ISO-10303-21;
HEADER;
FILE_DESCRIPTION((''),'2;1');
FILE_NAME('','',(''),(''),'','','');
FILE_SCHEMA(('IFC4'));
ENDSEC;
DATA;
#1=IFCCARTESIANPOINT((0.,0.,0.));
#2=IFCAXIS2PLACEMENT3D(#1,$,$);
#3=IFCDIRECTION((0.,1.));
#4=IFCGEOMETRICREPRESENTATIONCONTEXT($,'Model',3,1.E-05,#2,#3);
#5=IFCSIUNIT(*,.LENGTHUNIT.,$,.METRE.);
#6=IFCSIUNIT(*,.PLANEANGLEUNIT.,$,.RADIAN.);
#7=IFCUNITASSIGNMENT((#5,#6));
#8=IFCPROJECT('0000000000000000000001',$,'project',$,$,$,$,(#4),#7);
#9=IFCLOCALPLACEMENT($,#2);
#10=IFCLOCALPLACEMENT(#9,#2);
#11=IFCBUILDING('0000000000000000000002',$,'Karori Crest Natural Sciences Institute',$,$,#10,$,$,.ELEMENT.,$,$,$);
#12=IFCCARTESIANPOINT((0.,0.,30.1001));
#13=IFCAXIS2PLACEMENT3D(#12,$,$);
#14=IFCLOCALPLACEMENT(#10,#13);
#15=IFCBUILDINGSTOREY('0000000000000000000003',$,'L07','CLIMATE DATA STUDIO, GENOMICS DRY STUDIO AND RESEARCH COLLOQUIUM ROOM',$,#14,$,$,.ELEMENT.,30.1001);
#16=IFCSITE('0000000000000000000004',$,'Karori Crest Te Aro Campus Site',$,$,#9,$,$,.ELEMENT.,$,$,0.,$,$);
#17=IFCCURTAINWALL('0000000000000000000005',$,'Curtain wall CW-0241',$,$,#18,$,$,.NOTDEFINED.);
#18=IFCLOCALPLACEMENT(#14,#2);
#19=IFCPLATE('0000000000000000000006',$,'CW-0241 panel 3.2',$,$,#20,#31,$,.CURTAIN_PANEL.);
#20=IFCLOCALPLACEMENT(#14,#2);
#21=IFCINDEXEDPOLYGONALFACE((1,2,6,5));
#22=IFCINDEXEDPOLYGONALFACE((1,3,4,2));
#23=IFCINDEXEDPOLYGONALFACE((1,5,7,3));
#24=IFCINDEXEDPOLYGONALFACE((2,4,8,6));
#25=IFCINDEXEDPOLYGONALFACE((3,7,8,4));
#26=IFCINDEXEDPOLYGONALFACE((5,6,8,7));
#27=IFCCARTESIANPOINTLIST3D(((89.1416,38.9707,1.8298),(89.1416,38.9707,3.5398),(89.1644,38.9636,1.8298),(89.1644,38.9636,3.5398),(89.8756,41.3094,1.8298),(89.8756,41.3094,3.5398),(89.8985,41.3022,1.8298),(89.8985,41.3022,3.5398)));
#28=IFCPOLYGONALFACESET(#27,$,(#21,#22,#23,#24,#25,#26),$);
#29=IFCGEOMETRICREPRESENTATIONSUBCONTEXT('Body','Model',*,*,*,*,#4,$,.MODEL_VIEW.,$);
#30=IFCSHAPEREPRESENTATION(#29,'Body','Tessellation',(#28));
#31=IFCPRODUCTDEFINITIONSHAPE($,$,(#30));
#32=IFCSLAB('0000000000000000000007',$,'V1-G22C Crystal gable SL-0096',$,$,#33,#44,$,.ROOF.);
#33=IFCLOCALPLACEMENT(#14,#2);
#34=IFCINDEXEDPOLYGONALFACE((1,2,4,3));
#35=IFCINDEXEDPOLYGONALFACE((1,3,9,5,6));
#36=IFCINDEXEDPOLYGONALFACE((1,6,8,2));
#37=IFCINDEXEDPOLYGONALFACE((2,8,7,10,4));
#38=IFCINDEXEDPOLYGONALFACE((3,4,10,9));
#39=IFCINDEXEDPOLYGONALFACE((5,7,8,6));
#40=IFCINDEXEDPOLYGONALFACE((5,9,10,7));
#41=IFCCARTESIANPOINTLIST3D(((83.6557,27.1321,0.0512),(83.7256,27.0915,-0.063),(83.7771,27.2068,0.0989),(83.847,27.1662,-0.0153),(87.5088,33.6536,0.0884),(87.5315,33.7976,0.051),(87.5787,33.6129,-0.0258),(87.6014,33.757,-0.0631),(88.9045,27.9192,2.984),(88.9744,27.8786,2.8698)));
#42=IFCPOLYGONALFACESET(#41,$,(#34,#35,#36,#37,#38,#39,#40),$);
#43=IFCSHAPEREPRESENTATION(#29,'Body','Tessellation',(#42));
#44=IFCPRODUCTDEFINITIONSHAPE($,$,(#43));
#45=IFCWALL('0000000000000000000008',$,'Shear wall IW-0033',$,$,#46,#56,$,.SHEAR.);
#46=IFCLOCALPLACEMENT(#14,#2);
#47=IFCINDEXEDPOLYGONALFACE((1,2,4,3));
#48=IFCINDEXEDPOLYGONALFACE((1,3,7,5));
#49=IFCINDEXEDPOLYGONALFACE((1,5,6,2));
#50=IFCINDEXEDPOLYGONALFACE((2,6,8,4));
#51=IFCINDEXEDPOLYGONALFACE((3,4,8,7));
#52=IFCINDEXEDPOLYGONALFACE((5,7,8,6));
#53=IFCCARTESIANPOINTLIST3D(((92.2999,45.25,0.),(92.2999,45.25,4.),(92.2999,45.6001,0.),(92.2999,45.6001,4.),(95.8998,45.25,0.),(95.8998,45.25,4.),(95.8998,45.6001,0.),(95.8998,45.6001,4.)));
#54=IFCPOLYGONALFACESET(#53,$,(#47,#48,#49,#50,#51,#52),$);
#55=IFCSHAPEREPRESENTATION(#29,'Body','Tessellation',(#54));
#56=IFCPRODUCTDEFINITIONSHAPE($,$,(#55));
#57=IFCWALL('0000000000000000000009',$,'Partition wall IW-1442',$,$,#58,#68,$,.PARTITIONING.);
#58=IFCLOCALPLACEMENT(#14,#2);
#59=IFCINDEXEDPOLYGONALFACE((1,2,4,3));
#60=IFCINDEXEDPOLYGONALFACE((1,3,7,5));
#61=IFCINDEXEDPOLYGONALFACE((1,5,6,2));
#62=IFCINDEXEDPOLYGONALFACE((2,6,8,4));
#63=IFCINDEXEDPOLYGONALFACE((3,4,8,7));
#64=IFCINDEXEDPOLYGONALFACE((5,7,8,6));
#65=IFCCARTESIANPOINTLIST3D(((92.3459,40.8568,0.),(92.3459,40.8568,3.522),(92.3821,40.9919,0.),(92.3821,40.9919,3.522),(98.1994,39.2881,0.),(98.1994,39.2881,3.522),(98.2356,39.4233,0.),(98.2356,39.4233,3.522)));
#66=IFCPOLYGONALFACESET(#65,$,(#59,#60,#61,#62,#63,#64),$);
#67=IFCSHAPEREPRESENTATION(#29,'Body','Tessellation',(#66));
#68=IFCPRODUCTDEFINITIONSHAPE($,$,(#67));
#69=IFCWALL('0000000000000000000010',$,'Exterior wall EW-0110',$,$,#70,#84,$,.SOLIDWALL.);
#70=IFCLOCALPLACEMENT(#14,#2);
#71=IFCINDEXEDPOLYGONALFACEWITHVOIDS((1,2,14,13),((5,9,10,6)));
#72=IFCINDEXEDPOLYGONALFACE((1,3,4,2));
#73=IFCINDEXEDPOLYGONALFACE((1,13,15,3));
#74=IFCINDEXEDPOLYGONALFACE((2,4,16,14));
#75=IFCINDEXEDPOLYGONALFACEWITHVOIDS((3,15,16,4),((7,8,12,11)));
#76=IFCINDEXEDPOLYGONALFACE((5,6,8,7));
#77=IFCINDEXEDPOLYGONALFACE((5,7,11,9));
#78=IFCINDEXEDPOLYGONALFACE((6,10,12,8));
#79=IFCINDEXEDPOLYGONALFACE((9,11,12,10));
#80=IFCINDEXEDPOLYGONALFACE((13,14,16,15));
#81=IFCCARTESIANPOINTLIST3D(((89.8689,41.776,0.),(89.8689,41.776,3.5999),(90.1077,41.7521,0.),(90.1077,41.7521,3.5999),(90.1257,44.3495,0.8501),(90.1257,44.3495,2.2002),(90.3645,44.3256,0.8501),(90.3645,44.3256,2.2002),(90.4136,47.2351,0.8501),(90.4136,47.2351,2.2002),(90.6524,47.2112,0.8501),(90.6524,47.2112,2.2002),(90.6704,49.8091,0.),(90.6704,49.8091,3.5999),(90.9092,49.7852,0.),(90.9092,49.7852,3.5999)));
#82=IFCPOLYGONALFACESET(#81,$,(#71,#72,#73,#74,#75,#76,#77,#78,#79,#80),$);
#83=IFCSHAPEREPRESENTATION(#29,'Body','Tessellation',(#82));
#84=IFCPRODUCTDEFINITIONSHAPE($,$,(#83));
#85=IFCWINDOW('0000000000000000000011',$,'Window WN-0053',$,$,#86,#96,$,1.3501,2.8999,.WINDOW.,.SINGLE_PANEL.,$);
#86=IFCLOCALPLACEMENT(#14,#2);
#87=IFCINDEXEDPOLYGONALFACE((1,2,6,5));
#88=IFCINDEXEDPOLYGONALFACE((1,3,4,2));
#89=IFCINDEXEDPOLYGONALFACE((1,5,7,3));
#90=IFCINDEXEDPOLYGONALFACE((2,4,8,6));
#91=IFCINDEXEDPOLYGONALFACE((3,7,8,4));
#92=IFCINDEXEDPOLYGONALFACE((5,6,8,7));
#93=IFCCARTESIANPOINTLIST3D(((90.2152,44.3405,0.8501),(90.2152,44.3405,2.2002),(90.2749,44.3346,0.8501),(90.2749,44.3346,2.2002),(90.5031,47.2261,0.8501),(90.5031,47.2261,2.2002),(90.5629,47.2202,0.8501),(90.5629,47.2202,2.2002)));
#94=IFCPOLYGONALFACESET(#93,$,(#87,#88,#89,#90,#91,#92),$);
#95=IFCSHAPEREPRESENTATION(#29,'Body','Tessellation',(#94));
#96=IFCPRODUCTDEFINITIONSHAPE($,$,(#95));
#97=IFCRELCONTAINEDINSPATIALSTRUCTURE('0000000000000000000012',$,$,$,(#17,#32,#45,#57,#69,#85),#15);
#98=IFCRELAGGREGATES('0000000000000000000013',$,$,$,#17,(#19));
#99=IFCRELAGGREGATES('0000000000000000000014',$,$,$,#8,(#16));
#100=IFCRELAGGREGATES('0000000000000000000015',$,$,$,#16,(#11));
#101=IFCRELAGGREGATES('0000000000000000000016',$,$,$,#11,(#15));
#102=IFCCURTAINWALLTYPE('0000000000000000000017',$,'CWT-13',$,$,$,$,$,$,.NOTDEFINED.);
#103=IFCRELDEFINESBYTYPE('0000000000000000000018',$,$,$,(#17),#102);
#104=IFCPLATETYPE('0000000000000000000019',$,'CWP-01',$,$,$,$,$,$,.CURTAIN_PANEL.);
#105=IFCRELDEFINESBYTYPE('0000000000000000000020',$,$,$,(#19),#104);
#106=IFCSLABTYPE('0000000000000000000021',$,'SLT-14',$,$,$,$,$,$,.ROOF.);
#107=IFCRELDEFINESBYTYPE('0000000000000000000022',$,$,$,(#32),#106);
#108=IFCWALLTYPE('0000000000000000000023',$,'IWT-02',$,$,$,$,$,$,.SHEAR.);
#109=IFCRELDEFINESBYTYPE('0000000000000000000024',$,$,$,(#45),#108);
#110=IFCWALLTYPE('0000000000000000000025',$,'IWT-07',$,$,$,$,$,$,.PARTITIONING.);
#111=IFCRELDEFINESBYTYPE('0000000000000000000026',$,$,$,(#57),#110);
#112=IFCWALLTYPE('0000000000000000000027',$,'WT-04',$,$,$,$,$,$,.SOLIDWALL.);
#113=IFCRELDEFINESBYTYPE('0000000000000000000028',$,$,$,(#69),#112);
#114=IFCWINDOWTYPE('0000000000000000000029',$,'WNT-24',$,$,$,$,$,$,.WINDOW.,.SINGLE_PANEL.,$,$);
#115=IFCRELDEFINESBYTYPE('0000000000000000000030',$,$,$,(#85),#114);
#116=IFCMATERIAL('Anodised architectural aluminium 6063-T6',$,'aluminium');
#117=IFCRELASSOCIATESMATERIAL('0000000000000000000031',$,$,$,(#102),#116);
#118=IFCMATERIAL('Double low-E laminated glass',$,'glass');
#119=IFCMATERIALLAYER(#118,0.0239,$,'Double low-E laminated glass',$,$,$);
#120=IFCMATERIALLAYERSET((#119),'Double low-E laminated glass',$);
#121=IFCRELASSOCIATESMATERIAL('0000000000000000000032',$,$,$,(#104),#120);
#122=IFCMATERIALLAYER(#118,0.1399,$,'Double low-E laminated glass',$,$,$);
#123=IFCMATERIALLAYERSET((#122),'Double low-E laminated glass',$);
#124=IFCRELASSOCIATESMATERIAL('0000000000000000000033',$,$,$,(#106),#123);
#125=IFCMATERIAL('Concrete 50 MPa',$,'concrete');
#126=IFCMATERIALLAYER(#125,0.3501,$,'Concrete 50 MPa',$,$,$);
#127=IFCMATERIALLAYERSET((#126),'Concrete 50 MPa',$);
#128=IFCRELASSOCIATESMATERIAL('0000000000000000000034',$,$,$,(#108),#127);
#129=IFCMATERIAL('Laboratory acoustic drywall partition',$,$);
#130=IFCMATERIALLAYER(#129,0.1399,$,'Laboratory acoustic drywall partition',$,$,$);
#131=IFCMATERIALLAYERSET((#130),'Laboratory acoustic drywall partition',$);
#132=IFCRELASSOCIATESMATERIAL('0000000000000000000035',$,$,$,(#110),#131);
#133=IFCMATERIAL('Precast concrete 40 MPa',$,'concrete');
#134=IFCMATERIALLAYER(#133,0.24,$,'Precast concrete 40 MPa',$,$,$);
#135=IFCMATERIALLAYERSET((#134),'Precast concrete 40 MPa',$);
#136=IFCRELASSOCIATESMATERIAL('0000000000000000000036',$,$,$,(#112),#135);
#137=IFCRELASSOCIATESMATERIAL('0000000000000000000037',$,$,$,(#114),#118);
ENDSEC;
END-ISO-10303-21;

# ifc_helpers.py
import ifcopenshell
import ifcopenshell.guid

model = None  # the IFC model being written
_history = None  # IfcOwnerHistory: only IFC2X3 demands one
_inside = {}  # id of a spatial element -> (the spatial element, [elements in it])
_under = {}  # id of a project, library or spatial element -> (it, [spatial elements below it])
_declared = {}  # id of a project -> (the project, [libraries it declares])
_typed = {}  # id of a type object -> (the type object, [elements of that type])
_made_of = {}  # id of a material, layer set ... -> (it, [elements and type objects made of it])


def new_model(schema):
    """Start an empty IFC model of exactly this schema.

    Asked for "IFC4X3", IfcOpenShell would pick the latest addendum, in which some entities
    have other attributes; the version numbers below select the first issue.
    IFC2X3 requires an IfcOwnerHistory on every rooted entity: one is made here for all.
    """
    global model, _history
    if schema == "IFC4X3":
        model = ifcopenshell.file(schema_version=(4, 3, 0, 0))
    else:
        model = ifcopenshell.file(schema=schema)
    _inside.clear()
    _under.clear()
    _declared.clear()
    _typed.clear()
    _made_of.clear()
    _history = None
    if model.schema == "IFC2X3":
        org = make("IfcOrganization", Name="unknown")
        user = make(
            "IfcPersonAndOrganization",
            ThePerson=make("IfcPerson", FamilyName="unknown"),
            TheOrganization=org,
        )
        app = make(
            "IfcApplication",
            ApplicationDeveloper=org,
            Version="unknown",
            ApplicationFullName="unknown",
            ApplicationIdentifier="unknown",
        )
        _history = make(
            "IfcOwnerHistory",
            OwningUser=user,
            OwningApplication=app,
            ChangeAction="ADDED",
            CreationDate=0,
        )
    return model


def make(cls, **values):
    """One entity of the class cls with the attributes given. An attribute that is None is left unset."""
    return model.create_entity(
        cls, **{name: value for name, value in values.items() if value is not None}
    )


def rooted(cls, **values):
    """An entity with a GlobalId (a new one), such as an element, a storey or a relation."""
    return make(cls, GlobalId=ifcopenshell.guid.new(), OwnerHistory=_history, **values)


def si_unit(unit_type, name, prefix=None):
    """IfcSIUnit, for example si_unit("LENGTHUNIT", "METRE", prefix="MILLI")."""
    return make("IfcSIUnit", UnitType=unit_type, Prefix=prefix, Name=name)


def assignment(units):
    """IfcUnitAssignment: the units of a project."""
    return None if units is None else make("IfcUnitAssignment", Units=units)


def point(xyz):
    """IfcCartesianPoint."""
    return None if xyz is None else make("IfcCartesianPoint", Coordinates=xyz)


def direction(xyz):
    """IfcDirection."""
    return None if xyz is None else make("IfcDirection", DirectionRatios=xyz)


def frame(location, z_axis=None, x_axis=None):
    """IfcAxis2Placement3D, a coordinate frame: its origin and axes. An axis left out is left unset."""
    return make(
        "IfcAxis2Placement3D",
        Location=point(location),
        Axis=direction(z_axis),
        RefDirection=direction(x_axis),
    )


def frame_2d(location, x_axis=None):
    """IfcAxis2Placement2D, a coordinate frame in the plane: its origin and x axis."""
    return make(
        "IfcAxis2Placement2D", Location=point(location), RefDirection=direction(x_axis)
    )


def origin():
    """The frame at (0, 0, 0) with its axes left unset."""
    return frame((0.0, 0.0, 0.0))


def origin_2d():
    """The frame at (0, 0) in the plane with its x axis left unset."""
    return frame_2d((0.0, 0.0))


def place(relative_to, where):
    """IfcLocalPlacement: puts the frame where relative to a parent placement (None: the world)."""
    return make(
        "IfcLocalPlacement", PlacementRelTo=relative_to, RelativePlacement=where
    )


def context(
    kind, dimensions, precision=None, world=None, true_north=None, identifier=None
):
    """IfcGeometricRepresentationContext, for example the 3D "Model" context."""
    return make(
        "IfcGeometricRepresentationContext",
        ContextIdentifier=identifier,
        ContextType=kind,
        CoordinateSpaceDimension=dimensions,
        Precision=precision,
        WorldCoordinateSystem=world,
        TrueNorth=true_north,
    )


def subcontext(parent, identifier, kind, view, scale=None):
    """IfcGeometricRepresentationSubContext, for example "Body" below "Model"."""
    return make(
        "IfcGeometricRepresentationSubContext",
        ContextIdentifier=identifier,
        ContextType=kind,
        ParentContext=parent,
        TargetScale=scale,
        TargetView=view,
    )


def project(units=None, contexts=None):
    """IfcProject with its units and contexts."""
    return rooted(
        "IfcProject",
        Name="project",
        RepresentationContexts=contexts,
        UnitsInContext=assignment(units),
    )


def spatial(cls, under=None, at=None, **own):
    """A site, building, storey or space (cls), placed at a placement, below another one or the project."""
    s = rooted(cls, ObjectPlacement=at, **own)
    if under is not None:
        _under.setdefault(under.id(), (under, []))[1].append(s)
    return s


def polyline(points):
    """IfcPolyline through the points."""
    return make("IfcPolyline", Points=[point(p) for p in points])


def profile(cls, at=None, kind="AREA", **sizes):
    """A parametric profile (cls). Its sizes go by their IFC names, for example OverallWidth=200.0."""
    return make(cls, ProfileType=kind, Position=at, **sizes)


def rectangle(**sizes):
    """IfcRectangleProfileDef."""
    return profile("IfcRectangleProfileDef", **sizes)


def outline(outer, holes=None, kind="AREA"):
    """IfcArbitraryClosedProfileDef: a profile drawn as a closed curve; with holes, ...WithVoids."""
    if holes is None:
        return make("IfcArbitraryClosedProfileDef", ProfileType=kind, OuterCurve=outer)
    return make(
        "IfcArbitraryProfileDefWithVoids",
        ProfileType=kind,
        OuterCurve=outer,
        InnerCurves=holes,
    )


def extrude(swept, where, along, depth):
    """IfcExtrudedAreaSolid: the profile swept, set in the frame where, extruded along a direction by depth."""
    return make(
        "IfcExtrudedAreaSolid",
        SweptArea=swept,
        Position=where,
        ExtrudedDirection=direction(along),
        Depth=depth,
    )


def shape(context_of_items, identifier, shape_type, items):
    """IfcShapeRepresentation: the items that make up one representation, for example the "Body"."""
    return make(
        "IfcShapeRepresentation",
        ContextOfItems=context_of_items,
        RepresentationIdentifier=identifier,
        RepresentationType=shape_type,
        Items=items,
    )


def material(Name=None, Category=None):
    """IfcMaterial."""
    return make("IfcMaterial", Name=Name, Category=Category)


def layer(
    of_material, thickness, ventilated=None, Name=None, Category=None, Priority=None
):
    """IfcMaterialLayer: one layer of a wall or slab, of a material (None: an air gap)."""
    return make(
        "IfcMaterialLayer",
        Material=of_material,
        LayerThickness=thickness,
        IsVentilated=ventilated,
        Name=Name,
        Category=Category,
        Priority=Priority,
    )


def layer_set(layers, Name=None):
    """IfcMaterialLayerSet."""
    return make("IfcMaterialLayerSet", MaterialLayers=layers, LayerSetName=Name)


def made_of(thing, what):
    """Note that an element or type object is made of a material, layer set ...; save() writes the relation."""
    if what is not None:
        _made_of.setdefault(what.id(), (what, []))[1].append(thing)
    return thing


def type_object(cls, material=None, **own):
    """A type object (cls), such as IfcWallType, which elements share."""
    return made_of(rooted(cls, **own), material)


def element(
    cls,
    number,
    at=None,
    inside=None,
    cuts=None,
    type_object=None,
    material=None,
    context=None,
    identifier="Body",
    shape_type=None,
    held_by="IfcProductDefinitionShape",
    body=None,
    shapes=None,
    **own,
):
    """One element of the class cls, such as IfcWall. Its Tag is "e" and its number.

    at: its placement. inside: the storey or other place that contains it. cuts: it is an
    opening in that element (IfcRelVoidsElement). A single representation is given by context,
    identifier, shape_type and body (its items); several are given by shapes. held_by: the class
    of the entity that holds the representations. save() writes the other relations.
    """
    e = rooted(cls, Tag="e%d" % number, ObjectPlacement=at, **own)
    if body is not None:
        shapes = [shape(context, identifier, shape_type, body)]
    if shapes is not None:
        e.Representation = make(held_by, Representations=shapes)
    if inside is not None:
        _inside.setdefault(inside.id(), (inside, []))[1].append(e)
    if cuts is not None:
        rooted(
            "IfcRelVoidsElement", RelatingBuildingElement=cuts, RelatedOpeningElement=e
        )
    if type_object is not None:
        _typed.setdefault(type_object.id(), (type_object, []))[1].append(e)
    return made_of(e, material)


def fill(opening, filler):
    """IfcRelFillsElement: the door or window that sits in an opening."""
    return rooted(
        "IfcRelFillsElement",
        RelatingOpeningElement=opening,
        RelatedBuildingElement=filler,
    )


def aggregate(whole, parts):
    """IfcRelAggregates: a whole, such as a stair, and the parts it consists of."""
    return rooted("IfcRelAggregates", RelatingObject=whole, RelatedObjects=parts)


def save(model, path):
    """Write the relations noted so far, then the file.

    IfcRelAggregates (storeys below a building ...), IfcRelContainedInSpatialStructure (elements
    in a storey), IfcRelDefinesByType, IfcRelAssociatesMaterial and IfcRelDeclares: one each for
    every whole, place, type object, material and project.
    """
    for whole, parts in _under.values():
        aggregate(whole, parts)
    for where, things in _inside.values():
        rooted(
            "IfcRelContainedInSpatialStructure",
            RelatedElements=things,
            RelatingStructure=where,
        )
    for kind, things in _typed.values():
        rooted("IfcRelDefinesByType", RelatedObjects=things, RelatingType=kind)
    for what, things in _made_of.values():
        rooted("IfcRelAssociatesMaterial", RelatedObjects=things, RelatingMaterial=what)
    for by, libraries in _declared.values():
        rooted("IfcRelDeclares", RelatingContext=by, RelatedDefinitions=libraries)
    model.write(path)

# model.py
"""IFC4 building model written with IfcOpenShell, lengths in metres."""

from ifc_helpers import new_model, si_unit, direction, frame, frame_2d, origin, origin_2d, place, context, subcontext, project, spatial, polyline, rectangle, outline, extrude, material, layer, layer_set, type_object, element, fill, aggregate, save


model = new_model("IFC4")

# Units and contexts
model_context = context("Model", 3, precision=1e-05, world=origin(), true_north=direction((0.0, 1.0)))
body_context = subcontext(model_context, "Body", "Model", "MODEL_VIEW")
ifc_project = project(units=[si_unit("LENGTHUNIT", "METRE"), si_unit("PLANEANGLEUNIT", "RADIAN")], contexts=[model_context])

# Site, building, storey
site_placement = place(None, origin())
site = spatial("IfcSite", under=ifc_project, at=site_placement, Name="Karori Crest Te Aro Campus Site", CompositionType="ELEMENT", RefElevation=0.0)
building_placement = place(site_placement, origin())
building = spatial("IfcBuilding", under=site, at=building_placement, Name="Karori Crest Natural Sciences Institute", CompositionType="ELEMENT")
storey_placement = place(building_placement, frame((0.0, 0.0, 30.1001)))
storey = spatial("IfcBuildingStorey", under=building, at=storey_placement, Name="L07", Description="CLIMATE DATA STUDIO, GENOMICS DRY STUDIO AND RESEARCH COLLOQUIUM ROOM", CompositionType="ELEMENT", Elevation=30.1001)

# Shared definitions
ifc_material_1 = material(Name="Concrete 50 MPa", Category="concrete")

# Curtain wall
ifc_material_2 = material(Name="Anodised architectural aluminium 6063-T6", Category="aluminium")
curtain_wall_type = type_object("IfcCurtainWallType", Name="CWT-13", PredefinedType="NOTDEFINED", material=ifc_material_2)
curtain_wall_placement = place(storey_placement, origin())
curtain_wall = element("IfcCurtainWall", 1, at=curtain_wall_placement, inside=storey, type_object=curtain_wall_type, Name="Curtain wall CW-0241", PredefinedType="NOTDEFINED")

# Plate
ifc_material_3 = material(Name="Double low-E laminated glass", Category="glass")
ifc_layer_1 = layer(ifc_material_3, 0.0239, Name="Double low-E laminated glass")
ifc_layer_set_1 = layer_set([ifc_layer_1], Name="Double low-E laminated glass")
plate_type = type_object("IfcPlateType", Name="CWP-01", PredefinedType="CURTAIN_PANEL", material=ifc_layer_set_1)
plate_1_placement = place(storey_placement, frame((89.52, 40.1365, 1.8298), z_axis=(0.0, 0.0, 1.0), x_axis=(0.299475, 0.954104, 0.0)))
plate_1 = element("IfcPlate", 2, at=plate_1_placement, type_object=plate_type, Name="CW-0241 panel 3.2", PredefinedType="CURTAIN_PANEL", context=body_context, shape_type="SweptSolid", body=[
    extrude(rectangle(XDim=2.4512, YDim=0.0239, at=origin_2d()), origin(), (0.0, 0.0, 1.0), 1.71),
])
aggregate(curtain_wall, [plate_1])

# Slab
ifc_layer_2 = layer(ifc_material_3, 0.1399, Name="Double low-E laminated glass")
ifc_layer_set_2 = layer_set([ifc_layer_2], Name="Double low-E laminated glass")
slab_type = type_object("IfcSlabType", Name="SLT-14", PredefinedType="ROOF", material=ifc_layer_set_2)
slab_placement = place(storey_placement, frame((87.5315, 33.7976, 0.051), z_axis=(-0.499577, 0.290507, 0.816106), x_axis=(-0.502672, -0.864477, 0.000016)))
element("IfcSlab", 3, at=slab_placement, inside=storey, type_object=slab_type, Name="V1-G22C Crystal gable SL-0096", PredefinedType="ROOF", context=body_context, shape_type="SweptSolid", body=[
    extrude(outline(polyline([(0.0, 0.0), (7.7104, 0.0), (7.5848, 0.0826), (4.3916, 5.0751), (0.1359, 0.0647), (0.0, 0.0)])), origin(), (0.0, 0.0, -1.0), 0.1399),
])

# Walls
ifc_layer_3 = layer(ifc_material_1, 0.3501, Name="Concrete 50 MPa")
ifc_layer_set_3 = layer_set([ifc_layer_3], Name="Concrete 50 MPa")
wall_type_1 = type_object("IfcWallType", Name="IWT-02", PredefinedType="SHEAR", material=ifc_layer_set_3)
wall_1_placement = place(storey_placement, frame((92.3, 45.425, 0.0), z_axis=(0.0, 0.0, 1.0), x_axis=(1.0, 0.0, 0.0)))
element("IfcWall", 4, at=wall_1_placement, inside=storey, type_object=wall_type_1, Name="Shear wall IW-0033", PredefinedType="SHEAR", context=body_context, shape_type="SweptSolid", body=[
    extrude(rectangle(XDim=3.5999, YDim=0.3501, at=frame_2d((1.7998, 0.0))), origin(), (0.0, 0.0, 1.0), 4.0),
])
ifc_material_4 = material(Name="Laboratory acoustic drywall partition")
ifc_layer_4 = layer(ifc_material_4, 0.1399, Name="Laboratory acoustic drywall partition")
ifc_layer_set_4 = layer_set([ifc_layer_4], Name="Laboratory acoustic drywall partition")
wall_type_2 = type_object("IfcWallType", Name="IWT-07", PredefinedType="PARTITIONING", material=ifc_layer_set_4)
wall_2_placement = place(storey_placement, frame((92.364, 40.9243, 0.0), z_axis=(0.0, 0.0, 1.0), x_axis=(0.965919, -0.258843, 0.0)))
element("IfcWall", 5, at=wall_2_placement, inside=storey, type_object=wall_type_2, Name="Partition wall IW-1442", PredefinedType="PARTITIONING", context=body_context, shape_type="SweptSolid", body=[
    extrude(rectangle(XDim=6.0601, YDim=0.1399, at=frame_2d((3.03, 0.0))), origin(), (0.0, 0.0, 1.0), 3.522),
])

# Wall, opening, window
ifc_material_5 = material(Name="Precast concrete 40 MPa", Category="concrete")
ifc_layer_5 = layer(ifc_material_5, 0.24, Name="Precast concrete 40 MPa")
ifc_layer_set_5 = layer_set([ifc_layer_5], Name="Precast concrete 40 MPa")
wall_type_3 = type_object("IfcWallType", Name="WT-04", PredefinedType="SOLIDWALL", material=ifc_layer_set_5)
wall_3_placement = place(storey_placement, frame((89.9883, 41.7639, 0.0), z_axis=(0.0, 0.0, 1.0), x_axis=(0.099282, 0.995059, 0.0)))
wall_3 = element("IfcWall", 6, at=wall_3_placement, inside=storey, type_object=wall_type_3, Name="Exterior wall EW-0110", PredefinedType="SOLIDWALL", context=body_context, shape_type="SweptSolid", body=[
    extrude(rectangle(XDim=8.073, YDim=0.24, at=frame_2d((4.0366, 0.0))), origin(), (0.0, 0.0, 1.0), 3.5999),
])
opening_placement = place(wall_3_placement, frame((2.5864, 0.0, 0.8501)))
opening = element("IfcOpeningElement", 7, at=opening_placement, cuts=wall_3, PredefinedType="OPENING", context=body_context, shape_type="SweptSolid", body=[
    extrude(rectangle(XDim=2.8999, YDim=1.3501, at=frame_2d((1.45, 0.675))), frame((0.0, 0.1299, 0.0), z_axis=(0.0, -1.0, 0.0), x_axis=(1.0, 0.0, 0.0)), (0.0, 0.0, 1.0), 0.26),
])
window_type = type_object("IfcWindowType", Name="WNT-24", PartitioningType="SINGLE_PANEL", PredefinedType="WINDOW", material=ifc_material_3)
window_placement = place(opening_placement, origin())
window = element("IfcWindow", 8, at=window_placement, inside=storey, type_object=window_type, Name="Window WN-0053", OverallHeight=1.3501, OverallWidth=2.8999, PartitioningType="SINGLE_PANEL", PredefinedType="WINDOW", context=body_context, shape_type="SweptSolid", body=[
    extrude(rectangle(XDim=2.8999, YDim=1.3501, at=frame_2d((1.45, 0.675))), frame((0.0, 0.03, 0.0), z_axis=(0.0, -1.0, 0.0), x_axis=(1.0, 0.0, 0.0)), (0.0, 0.0, 1.0), 0.0601),
])
fill(opening, window)

save(model, "model.ifc")
